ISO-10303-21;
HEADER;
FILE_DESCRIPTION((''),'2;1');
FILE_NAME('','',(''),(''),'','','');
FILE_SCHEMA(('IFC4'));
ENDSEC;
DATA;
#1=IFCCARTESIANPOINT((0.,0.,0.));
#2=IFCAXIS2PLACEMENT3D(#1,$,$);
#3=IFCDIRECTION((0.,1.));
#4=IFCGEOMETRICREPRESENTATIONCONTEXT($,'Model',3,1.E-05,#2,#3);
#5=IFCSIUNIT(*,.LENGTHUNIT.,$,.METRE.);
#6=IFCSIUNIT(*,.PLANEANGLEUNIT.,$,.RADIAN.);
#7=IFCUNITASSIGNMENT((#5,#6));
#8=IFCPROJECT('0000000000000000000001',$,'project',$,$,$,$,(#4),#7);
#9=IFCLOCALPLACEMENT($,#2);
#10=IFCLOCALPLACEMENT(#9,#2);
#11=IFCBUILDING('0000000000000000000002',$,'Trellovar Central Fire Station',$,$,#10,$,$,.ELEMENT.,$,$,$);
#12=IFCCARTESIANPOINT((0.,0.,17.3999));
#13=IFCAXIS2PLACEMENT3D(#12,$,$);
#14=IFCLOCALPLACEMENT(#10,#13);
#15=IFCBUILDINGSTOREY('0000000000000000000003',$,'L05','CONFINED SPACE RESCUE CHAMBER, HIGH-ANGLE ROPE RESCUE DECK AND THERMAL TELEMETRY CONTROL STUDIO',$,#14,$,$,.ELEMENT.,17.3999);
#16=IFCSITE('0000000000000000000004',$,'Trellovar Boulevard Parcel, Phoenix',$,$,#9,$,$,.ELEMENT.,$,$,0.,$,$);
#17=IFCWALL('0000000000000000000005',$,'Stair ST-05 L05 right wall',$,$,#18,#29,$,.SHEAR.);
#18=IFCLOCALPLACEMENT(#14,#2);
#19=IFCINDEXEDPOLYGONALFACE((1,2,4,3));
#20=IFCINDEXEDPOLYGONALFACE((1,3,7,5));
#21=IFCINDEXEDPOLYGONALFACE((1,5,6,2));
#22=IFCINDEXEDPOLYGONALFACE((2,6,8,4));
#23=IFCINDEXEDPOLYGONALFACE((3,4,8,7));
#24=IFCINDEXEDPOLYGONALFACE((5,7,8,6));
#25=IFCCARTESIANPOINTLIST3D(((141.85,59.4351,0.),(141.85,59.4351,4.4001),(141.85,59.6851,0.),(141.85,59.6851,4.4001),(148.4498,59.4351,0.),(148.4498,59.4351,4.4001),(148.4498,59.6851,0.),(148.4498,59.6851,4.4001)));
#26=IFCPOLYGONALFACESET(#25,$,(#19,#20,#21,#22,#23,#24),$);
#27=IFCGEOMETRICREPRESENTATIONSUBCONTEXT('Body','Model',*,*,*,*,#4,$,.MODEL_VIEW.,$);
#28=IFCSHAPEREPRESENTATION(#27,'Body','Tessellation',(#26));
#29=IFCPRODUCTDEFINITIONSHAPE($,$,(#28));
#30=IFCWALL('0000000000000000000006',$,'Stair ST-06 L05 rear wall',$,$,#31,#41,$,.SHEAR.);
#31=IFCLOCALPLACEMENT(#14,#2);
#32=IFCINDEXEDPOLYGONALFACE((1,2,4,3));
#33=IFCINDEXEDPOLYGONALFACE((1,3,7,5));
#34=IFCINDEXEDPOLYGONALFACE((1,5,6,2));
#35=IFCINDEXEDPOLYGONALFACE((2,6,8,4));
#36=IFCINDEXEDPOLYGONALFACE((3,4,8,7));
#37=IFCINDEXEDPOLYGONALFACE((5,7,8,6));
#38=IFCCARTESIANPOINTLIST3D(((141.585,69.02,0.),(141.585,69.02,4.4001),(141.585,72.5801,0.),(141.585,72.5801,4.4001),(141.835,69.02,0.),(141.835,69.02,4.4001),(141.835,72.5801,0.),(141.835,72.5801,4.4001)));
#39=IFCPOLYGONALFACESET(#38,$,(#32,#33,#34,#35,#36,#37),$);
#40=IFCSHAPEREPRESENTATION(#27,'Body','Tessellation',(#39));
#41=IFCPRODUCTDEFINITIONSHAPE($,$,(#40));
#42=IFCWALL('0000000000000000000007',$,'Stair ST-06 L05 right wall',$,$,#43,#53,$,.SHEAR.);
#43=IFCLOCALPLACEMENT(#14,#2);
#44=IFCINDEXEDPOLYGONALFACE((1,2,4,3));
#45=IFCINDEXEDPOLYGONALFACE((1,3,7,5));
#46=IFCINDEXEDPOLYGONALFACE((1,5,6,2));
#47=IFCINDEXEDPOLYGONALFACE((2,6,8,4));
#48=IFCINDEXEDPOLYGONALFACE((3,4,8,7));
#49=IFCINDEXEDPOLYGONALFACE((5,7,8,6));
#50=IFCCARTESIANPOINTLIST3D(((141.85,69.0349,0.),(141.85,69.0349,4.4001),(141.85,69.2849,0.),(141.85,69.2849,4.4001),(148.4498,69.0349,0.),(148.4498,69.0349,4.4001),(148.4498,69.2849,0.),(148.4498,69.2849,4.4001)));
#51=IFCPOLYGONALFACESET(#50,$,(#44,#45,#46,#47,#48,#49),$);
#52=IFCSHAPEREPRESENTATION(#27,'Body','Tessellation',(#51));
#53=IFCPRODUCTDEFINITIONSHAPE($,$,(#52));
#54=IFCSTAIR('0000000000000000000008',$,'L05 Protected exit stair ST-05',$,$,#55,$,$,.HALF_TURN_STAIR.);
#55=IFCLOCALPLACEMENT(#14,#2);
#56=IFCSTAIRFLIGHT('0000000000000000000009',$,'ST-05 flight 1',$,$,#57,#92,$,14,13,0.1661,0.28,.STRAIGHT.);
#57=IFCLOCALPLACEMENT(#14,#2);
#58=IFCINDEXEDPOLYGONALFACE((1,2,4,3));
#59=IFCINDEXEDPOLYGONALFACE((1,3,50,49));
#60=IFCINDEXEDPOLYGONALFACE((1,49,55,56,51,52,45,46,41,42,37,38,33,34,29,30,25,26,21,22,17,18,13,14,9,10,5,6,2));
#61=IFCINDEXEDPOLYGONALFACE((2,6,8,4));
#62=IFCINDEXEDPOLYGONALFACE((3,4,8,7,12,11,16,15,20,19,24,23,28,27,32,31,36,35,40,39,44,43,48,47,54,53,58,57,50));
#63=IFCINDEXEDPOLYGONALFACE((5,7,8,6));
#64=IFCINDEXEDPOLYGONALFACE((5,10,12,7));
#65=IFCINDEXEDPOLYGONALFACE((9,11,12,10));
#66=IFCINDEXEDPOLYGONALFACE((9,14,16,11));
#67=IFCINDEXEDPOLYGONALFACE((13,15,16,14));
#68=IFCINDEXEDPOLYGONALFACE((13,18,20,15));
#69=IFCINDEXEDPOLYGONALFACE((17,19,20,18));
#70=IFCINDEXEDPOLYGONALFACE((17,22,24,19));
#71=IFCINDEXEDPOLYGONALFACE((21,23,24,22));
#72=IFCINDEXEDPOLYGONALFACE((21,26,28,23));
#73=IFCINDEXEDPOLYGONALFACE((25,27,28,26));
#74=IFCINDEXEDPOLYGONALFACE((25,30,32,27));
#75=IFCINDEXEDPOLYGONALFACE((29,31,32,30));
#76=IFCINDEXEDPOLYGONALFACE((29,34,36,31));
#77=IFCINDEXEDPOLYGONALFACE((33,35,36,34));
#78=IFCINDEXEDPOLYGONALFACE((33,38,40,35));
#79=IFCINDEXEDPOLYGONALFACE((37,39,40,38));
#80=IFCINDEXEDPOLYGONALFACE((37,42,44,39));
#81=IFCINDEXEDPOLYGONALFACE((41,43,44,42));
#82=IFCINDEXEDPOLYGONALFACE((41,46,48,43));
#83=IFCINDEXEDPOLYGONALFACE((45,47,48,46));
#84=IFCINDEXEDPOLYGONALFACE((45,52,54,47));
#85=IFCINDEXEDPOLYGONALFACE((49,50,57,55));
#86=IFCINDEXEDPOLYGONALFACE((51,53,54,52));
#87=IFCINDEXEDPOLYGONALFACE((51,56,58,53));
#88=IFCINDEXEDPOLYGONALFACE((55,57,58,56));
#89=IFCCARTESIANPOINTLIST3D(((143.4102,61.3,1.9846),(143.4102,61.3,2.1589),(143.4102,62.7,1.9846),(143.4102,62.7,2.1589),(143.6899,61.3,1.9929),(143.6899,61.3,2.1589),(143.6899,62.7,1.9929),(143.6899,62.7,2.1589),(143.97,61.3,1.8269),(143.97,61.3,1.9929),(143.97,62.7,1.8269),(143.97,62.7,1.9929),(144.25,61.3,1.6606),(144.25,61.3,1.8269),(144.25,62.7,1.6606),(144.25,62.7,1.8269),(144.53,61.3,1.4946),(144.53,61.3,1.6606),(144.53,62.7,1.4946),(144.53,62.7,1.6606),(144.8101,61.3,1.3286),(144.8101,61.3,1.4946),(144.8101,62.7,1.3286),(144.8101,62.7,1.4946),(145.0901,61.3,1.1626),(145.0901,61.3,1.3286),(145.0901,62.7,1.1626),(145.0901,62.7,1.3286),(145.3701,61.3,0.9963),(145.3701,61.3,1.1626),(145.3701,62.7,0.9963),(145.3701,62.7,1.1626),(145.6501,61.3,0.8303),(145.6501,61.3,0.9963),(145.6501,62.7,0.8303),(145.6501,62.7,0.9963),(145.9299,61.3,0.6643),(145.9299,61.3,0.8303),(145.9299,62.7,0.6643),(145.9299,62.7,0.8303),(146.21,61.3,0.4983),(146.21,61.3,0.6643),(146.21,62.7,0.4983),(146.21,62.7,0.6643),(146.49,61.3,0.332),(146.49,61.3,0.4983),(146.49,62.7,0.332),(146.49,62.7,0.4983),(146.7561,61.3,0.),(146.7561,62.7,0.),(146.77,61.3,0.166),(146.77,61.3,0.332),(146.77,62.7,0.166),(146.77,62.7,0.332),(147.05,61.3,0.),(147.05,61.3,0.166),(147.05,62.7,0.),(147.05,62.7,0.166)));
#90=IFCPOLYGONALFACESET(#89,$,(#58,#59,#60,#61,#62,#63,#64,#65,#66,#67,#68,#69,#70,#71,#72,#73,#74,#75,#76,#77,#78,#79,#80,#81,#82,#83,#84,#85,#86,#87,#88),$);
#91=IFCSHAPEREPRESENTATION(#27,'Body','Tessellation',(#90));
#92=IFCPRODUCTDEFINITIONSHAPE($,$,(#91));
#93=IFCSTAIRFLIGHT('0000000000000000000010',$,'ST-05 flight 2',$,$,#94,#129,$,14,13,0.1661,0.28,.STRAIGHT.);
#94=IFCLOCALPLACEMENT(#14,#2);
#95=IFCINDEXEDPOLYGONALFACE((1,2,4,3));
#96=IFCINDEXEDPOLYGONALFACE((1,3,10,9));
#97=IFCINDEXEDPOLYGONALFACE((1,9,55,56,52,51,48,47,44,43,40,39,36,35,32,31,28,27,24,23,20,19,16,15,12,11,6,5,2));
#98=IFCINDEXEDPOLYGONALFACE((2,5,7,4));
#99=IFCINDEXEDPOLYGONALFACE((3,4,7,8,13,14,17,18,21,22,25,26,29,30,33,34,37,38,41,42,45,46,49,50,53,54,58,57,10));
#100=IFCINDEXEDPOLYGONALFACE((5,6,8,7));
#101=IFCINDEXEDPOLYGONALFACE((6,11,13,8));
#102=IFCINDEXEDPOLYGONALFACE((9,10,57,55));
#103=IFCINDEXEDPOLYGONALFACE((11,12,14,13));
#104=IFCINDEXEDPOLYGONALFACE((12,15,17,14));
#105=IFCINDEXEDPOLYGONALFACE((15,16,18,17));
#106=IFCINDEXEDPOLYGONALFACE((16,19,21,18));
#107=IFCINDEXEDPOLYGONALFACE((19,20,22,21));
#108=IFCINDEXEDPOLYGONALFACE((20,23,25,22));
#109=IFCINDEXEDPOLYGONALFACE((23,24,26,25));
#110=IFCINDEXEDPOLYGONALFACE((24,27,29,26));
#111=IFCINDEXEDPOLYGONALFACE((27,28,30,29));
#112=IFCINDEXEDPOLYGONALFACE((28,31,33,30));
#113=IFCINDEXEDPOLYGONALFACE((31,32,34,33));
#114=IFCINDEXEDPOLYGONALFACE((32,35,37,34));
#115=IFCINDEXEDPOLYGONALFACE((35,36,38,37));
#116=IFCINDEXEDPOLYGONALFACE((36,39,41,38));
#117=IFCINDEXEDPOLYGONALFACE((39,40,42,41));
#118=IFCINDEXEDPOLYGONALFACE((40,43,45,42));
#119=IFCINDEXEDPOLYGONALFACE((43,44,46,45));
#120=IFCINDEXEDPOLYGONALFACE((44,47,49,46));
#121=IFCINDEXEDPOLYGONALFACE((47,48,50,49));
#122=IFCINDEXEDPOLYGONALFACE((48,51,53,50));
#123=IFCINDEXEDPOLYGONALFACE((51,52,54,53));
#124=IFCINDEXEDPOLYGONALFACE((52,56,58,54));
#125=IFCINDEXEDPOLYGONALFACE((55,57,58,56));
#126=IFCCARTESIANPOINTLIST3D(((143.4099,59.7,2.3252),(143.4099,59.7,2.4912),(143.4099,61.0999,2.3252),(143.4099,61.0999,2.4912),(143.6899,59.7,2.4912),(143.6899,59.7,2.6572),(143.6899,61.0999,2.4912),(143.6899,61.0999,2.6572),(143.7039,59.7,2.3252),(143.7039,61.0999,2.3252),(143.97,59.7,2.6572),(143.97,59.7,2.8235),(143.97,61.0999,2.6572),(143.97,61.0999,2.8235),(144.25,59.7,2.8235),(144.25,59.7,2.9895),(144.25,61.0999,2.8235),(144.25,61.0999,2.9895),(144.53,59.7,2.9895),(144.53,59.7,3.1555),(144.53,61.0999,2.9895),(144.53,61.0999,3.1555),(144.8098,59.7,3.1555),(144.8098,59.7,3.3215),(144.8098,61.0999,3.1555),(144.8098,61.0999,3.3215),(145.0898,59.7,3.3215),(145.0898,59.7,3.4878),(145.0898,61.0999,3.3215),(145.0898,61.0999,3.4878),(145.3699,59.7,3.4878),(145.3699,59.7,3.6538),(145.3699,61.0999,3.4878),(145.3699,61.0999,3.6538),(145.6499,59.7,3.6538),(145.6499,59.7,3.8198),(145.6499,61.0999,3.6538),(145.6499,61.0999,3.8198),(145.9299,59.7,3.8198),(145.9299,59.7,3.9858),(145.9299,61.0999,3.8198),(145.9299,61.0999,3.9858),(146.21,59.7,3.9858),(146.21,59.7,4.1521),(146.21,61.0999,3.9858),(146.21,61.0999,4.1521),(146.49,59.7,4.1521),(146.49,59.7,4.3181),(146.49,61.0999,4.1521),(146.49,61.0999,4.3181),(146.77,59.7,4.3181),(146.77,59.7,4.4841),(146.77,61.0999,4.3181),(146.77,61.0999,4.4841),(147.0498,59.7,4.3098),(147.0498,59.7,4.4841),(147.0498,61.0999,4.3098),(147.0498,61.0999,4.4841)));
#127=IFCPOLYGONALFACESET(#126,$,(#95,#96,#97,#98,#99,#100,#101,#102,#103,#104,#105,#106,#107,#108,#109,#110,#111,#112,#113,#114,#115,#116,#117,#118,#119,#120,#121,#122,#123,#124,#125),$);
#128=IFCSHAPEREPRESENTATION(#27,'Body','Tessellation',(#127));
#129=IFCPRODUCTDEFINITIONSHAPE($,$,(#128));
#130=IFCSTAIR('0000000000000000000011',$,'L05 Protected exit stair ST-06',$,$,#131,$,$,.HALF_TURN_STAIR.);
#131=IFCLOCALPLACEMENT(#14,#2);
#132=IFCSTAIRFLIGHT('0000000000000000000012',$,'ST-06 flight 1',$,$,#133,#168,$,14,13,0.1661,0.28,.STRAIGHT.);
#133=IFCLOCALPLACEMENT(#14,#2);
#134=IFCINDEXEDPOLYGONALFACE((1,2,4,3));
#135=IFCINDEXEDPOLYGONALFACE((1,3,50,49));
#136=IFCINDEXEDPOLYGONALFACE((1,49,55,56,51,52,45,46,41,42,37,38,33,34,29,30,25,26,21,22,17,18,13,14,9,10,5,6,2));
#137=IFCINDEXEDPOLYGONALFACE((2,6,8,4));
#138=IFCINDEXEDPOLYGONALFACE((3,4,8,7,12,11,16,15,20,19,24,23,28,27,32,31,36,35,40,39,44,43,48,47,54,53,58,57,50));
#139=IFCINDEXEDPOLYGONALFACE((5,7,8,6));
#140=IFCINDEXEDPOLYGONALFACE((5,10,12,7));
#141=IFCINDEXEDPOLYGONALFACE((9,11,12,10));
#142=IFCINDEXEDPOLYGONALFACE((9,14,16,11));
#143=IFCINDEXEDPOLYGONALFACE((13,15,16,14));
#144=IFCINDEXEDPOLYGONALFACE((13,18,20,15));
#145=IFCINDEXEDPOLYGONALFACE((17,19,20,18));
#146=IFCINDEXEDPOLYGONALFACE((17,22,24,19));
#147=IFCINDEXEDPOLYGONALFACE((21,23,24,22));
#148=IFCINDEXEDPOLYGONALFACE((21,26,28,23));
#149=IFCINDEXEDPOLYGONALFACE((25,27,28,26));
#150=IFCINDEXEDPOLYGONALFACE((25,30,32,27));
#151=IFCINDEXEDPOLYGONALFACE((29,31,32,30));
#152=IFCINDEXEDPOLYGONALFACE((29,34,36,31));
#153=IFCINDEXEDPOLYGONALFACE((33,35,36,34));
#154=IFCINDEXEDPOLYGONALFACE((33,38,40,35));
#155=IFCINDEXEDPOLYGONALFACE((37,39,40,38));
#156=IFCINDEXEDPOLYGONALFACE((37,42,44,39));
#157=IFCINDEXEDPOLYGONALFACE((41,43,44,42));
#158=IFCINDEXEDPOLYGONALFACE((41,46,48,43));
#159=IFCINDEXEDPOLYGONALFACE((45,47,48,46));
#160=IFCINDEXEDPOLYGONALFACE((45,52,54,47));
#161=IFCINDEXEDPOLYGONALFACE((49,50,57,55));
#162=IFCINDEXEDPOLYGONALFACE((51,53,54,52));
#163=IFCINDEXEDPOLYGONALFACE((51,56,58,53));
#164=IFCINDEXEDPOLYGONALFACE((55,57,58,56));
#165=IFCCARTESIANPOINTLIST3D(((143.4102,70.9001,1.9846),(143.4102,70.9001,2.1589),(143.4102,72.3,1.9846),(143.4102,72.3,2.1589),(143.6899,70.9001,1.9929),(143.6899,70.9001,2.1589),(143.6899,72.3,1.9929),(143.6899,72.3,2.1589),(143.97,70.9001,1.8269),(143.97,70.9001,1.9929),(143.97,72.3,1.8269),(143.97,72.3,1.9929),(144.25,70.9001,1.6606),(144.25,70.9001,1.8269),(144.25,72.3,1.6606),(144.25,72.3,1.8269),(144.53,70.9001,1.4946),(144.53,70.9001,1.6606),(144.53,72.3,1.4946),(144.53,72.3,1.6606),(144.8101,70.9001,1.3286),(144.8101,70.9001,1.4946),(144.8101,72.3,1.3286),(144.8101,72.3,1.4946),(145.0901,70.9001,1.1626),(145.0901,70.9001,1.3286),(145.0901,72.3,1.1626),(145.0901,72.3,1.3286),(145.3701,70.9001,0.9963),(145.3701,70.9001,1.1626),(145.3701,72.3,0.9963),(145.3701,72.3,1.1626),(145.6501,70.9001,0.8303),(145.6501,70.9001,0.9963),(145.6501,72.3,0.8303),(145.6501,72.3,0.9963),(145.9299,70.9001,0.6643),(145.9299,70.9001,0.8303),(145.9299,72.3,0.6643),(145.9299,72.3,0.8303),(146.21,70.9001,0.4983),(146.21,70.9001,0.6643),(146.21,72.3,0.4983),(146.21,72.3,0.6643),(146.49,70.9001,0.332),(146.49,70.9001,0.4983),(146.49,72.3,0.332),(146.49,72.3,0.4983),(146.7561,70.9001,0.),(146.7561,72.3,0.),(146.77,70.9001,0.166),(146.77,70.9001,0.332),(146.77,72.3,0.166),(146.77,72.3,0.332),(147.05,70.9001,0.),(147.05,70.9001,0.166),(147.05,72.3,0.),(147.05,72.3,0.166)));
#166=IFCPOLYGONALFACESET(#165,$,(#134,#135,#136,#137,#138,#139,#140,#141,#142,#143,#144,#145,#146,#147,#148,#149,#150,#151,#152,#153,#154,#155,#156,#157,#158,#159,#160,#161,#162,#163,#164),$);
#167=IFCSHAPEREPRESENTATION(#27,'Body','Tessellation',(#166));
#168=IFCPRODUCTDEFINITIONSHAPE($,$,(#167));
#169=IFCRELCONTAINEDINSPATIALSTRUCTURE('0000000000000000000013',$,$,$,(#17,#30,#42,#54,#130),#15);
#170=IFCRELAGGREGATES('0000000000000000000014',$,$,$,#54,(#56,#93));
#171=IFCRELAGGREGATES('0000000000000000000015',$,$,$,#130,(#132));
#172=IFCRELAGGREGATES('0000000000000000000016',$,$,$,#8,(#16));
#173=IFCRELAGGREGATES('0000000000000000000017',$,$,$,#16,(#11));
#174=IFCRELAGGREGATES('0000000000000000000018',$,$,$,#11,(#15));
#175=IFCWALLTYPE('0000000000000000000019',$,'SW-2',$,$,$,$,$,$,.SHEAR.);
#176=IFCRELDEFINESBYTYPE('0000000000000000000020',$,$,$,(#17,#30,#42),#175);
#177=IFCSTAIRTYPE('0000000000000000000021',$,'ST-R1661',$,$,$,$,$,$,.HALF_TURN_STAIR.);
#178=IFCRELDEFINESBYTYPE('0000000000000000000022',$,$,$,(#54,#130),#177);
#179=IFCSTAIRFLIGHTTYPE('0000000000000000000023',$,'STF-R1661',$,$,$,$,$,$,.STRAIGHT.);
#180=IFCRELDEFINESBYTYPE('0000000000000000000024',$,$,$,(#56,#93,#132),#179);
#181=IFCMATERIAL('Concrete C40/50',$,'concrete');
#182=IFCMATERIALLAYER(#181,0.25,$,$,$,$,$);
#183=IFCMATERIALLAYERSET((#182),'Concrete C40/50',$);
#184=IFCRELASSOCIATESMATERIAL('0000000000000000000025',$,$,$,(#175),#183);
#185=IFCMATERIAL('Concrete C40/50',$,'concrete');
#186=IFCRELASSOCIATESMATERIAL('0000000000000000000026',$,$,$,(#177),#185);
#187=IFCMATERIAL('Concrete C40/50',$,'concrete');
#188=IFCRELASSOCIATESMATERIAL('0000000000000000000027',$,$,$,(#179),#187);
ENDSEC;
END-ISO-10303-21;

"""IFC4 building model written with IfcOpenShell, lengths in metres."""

from ifc_helpers import new_model, si_unit, direction, frame, frame_2d, origin, place, context, subcontext, project, spatial, polyline, rectangle, outline, extrude, material, layer, layer_set, type_object, element, aggregate, save


model = new_model("IFC4")

# Units and contexts
model_context = context("Model", 3, precision=1e-05, world=origin(), true_north=direction((0.0, 1.0)))
body_context = subcontext(model_context, "Body", "Model", "MODEL_VIEW")
ifc_project = project(units=[si_unit("LENGTHUNIT", "METRE"), si_unit("PLANEANGLEUNIT", "RADIAN")], contexts=[model_context])

# Site, building, storey
site_placement = place(None, origin())
site = spatial("IfcSite", under=ifc_project, at=site_placement, Name="Trellovar Boulevard Parcel, Phoenix", CompositionType="ELEMENT", RefElevation=0.0)
building_placement = place(site_placement, origin())
building = spatial("IfcBuilding", under=site, at=building_placement, Name="Trellovar Central Fire Station", CompositionType="ELEMENT")
storey_placement = place(building_placement, frame((0.0, 0.0, 17.3999)))
storey = spatial("IfcBuildingStorey", under=building, at=storey_placement, Name="L05", Description="CONFINED SPACE RESCUE CHAMBER, HIGH-ANGLE ROPE RESCUE DECK AND THERMAL TELEMETRY CONTROL STUDIO", CompositionType="ELEMENT", Elevation=17.3999)

# Walls
ifc_material_1 = material(Name="Concrete C40/50", Category="concrete")
ifc_layer_1 = layer(ifc_material_1, 0.25)
ifc_layer_set_1 = layer_set([ifc_layer_1], Name="Concrete C40/50")
wall_type_1 = type_object("IfcWallType", Name="SW-2", PredefinedType="SHEAR", material=ifc_layer_set_1)
wall_1_placement = place(storey_placement, frame((141.8501, 59.5601, 0.0), z_axis=(0.0, 0.0, 1.0), x_axis=(1.0, 0.0, 0.0)))
element("IfcWall", 1, at=wall_1_placement, inside=storey, type_object=wall_type_1, Name="Stair ST-05 L05 right wall", PredefinedType="SHEAR", context=body_context, shape_type="SweptSolid", body=[
    extrude(rectangle(XDim=6.5999, YDim=0.25, at=frame_2d((3.2998, 0.0))), origin(), (0.0, 0.0, 1.0), 4.4001),
])
wall_2_placement = place(storey_placement, frame((141.71, 69.02, 0.0), z_axis=(0.0, 0.0, 1.0), x_axis=(0.0, 1.0, 0.0)))
element("IfcWall", 2, at=wall_2_placement, inside=storey, type_object=wall_type_1, Name="Stair ST-06 L05 rear wall", PredefinedType="SHEAR", context=body_context, shape_type="SweptSolid", body=[
    extrude(rectangle(XDim=3.5601, YDim=0.25, at=frame_2d((1.78, 0.0))), origin(), (0.0, 0.0, 1.0), 4.4001),
])
wall_3_placement = place(storey_placement, frame((141.8501, 69.1599, 0.0), z_axis=(0.0, 0.0, 1.0), x_axis=(1.0, 0.0, 0.0)))
element("IfcWall", 3, at=wall_3_placement, inside=storey, type_object=wall_type_1, Name="Stair ST-06 L05 right wall", PredefinedType="SHEAR", context=body_context, shape_type="SweptSolid", body=[
    extrude(rectangle(XDim=6.5999, YDim=0.25, at=frame_2d((3.2998, 0.0))), origin(), (0.0, 0.0, 1.0), 4.4001),
])

# Stairs, stair flights
ifc_material_2 = material(Name="Concrete C40/50", Category="concrete")
stair_type = type_object("IfcStairType", Name="ST-R1661", PredefinedType="HALF_TURN_STAIR", material=ifc_material_2)
stair_1_placement = place(storey_placement, origin())
stair_1 = element("IfcStair", 4, at=stair_1_placement, inside=storey, type_object=stair_type, Name="L05 Protected exit stair ST-05", PredefinedType="HALF_TURN_STAIR")
ifc_material_3 = material(Name="Concrete C40/50", Category="concrete")
stair_flight_type = type_object("IfcStairFlightType", Name="STF-R1661", PredefinedType="STRAIGHT", material=ifc_material_3)
stair_flight_1_placement = place(storey_placement, frame((147.05, 62.0, 0.0), z_axis=(0.0, 0.0, 1.0), x_axis=(-1.0, 0.0, 0.0)))
stair_flight_1 = element("IfcStairFlight", 5, at=stair_flight_1_placement, type_object=stair_flight_type, Name="ST-05 flight 1", NumberOfRisers=14, NumberOfTreads=13, PredefinedType="STRAIGHT", RiserHeight=0.1661, TreadLength=0.28, context=body_context, shape_type="SweptSolid", body=[
    extrude(outline(polyline([(0.0, 0.0), (0.0, 0.166), (0.28, 0.166), (0.28, 0.332), (0.5601, 0.332), (0.5601, 0.4983), (0.8401, 0.4983), (0.8401, 0.6643), (1.1201, 0.6643), (1.1201, 0.8303), (1.3999, 0.8303), (1.3999, 0.9963), (1.6799, 0.9963), (1.6799, 1.1626), (1.96, 1.1626), (1.96, 1.3286), (2.24, 1.3286), (2.24, 1.4946), (2.52, 1.4946), (2.52, 1.6606), (2.8, 1.6606), (2.8, 1.8269), (3.0801, 1.8269), (3.0801, 1.9929), (3.3601, 1.9929), (3.3601, 2.1589), (3.6399, 2.1589), (3.6399, 2.325), (3.6399, 1.9846), (0.2939, 0.0), (0.0, 0.0)])), frame((0.0, 0.7, 0.0), z_axis=(0.0, -1.0, 0.0), x_axis=(1.0, 0.0, 0.0)), (0.0, 0.0, 1.0), 1.3999),
])
stair_flight_2_placement = place(storey_placement, frame((143.4099, 60.3999, 2.3252), z_axis=(0.0, 0.0, 1.0), x_axis=(1.0, 0.0, 0.0)))
stair_flight_2 = element("IfcStairFlight", 6, at=stair_flight_2_placement, type_object=stair_flight_type, Name="ST-05 flight 2", NumberOfRisers=14, NumberOfTreads=13, PredefinedType="STRAIGHT", RiserHeight=0.1661, TreadLength=0.28, context=body_context, shape_type="SweptSolid", body=[
    extrude(outline(polyline([(0.0, 0.0), (0.0, 0.166), (0.28, 0.166), (0.28, 0.332), (0.5601, 0.332), (0.5601, 0.4983), (0.8401, 0.4983), (0.8401, 0.6643), (1.1201, 0.6643), (1.1201, 0.8303), (1.3999, 0.8303), (1.3999, 0.9963), (1.6799, 0.9963), (1.6799, 1.1626), (1.96, 1.1626), (1.96, 1.3286), (2.24, 1.3286), (2.24, 1.4946), (2.52, 1.4946), (2.52, 1.6606), (2.8, 1.6606), (2.8, 1.8269), (3.0801, 1.8269), (3.0801, 1.9929), (3.3601, 1.9929), (3.3601, 2.1589), (3.6399, 2.1589), (3.6399, 2.325), (3.6399, 1.9846), (0.2939, 0.0), (0.0, 0.0)])), frame((0.0, 0.7, 0.0), z_axis=(0.0, -1.0, 0.0), x_axis=(1.0, 0.0, 0.0)), (0.0, 0.0, 1.0), 1.3999),
])
aggregate(stair_1, [stair_flight_1, stair_flight_2])
stair_2_placement = place(storey_placement, origin())
stair_2 = element("IfcStair", 7, at=stair_2_placement, inside=storey, type_object=stair_type, Name="L05 Protected exit stair ST-06", PredefinedType="HALF_TURN_STAIR")
stair_flight_3_placement = place(storey_placement, frame((147.05, 71.6001, 0.0), z_axis=(0.0, 0.0, 1.0), x_axis=(-1.0, 0.0, 0.0)))
stair_flight_3 = element("IfcStairFlight", 8, at=stair_flight_3_placement, type_object=stair_flight_type, Name="ST-06 flight 1", NumberOfRisers=14, NumberOfTreads=13, PredefinedType="STRAIGHT", RiserHeight=0.1661, TreadLength=0.28, context=body_context, shape_type="SweptSolid", body=[
    extrude(outline(polyline([(0.0, 0.0), (0.0, 0.166), (0.28, 0.166), (0.28, 0.332), (0.5601, 0.332), (0.5601, 0.4983), (0.8401, 0.4983), (0.8401, 0.6643), (1.1201, 0.6643), (1.1201, 0.8303), (1.3999, 0.8303), (1.3999, 0.9963), (1.6799, 0.9963), (1.6799, 1.1626), (1.96, 1.1626), (1.96, 1.3286), (2.24, 1.3286), (2.24, 1.4946), (2.52, 1.4946), (2.52, 1.6606), (2.8, 1.6606), (2.8, 1.8269), (3.0801, 1.8269), (3.0801, 1.9929), (3.3601, 1.9929), (3.3601, 2.1589), (3.6399, 2.1589), (3.6399, 2.325), (3.6399, 1.9846), (0.2939, 0.0), (0.0, 0.0)])), frame((0.0, 0.7, 0.0), z_axis=(0.0, -1.0, 0.0), x_axis=(1.0, 0.0, 0.0)), (0.0, 0.0, 1.0), 1.3999),
])
aggregate(stair_2, [stair_flight_3])

save(model, "model.ifc")
